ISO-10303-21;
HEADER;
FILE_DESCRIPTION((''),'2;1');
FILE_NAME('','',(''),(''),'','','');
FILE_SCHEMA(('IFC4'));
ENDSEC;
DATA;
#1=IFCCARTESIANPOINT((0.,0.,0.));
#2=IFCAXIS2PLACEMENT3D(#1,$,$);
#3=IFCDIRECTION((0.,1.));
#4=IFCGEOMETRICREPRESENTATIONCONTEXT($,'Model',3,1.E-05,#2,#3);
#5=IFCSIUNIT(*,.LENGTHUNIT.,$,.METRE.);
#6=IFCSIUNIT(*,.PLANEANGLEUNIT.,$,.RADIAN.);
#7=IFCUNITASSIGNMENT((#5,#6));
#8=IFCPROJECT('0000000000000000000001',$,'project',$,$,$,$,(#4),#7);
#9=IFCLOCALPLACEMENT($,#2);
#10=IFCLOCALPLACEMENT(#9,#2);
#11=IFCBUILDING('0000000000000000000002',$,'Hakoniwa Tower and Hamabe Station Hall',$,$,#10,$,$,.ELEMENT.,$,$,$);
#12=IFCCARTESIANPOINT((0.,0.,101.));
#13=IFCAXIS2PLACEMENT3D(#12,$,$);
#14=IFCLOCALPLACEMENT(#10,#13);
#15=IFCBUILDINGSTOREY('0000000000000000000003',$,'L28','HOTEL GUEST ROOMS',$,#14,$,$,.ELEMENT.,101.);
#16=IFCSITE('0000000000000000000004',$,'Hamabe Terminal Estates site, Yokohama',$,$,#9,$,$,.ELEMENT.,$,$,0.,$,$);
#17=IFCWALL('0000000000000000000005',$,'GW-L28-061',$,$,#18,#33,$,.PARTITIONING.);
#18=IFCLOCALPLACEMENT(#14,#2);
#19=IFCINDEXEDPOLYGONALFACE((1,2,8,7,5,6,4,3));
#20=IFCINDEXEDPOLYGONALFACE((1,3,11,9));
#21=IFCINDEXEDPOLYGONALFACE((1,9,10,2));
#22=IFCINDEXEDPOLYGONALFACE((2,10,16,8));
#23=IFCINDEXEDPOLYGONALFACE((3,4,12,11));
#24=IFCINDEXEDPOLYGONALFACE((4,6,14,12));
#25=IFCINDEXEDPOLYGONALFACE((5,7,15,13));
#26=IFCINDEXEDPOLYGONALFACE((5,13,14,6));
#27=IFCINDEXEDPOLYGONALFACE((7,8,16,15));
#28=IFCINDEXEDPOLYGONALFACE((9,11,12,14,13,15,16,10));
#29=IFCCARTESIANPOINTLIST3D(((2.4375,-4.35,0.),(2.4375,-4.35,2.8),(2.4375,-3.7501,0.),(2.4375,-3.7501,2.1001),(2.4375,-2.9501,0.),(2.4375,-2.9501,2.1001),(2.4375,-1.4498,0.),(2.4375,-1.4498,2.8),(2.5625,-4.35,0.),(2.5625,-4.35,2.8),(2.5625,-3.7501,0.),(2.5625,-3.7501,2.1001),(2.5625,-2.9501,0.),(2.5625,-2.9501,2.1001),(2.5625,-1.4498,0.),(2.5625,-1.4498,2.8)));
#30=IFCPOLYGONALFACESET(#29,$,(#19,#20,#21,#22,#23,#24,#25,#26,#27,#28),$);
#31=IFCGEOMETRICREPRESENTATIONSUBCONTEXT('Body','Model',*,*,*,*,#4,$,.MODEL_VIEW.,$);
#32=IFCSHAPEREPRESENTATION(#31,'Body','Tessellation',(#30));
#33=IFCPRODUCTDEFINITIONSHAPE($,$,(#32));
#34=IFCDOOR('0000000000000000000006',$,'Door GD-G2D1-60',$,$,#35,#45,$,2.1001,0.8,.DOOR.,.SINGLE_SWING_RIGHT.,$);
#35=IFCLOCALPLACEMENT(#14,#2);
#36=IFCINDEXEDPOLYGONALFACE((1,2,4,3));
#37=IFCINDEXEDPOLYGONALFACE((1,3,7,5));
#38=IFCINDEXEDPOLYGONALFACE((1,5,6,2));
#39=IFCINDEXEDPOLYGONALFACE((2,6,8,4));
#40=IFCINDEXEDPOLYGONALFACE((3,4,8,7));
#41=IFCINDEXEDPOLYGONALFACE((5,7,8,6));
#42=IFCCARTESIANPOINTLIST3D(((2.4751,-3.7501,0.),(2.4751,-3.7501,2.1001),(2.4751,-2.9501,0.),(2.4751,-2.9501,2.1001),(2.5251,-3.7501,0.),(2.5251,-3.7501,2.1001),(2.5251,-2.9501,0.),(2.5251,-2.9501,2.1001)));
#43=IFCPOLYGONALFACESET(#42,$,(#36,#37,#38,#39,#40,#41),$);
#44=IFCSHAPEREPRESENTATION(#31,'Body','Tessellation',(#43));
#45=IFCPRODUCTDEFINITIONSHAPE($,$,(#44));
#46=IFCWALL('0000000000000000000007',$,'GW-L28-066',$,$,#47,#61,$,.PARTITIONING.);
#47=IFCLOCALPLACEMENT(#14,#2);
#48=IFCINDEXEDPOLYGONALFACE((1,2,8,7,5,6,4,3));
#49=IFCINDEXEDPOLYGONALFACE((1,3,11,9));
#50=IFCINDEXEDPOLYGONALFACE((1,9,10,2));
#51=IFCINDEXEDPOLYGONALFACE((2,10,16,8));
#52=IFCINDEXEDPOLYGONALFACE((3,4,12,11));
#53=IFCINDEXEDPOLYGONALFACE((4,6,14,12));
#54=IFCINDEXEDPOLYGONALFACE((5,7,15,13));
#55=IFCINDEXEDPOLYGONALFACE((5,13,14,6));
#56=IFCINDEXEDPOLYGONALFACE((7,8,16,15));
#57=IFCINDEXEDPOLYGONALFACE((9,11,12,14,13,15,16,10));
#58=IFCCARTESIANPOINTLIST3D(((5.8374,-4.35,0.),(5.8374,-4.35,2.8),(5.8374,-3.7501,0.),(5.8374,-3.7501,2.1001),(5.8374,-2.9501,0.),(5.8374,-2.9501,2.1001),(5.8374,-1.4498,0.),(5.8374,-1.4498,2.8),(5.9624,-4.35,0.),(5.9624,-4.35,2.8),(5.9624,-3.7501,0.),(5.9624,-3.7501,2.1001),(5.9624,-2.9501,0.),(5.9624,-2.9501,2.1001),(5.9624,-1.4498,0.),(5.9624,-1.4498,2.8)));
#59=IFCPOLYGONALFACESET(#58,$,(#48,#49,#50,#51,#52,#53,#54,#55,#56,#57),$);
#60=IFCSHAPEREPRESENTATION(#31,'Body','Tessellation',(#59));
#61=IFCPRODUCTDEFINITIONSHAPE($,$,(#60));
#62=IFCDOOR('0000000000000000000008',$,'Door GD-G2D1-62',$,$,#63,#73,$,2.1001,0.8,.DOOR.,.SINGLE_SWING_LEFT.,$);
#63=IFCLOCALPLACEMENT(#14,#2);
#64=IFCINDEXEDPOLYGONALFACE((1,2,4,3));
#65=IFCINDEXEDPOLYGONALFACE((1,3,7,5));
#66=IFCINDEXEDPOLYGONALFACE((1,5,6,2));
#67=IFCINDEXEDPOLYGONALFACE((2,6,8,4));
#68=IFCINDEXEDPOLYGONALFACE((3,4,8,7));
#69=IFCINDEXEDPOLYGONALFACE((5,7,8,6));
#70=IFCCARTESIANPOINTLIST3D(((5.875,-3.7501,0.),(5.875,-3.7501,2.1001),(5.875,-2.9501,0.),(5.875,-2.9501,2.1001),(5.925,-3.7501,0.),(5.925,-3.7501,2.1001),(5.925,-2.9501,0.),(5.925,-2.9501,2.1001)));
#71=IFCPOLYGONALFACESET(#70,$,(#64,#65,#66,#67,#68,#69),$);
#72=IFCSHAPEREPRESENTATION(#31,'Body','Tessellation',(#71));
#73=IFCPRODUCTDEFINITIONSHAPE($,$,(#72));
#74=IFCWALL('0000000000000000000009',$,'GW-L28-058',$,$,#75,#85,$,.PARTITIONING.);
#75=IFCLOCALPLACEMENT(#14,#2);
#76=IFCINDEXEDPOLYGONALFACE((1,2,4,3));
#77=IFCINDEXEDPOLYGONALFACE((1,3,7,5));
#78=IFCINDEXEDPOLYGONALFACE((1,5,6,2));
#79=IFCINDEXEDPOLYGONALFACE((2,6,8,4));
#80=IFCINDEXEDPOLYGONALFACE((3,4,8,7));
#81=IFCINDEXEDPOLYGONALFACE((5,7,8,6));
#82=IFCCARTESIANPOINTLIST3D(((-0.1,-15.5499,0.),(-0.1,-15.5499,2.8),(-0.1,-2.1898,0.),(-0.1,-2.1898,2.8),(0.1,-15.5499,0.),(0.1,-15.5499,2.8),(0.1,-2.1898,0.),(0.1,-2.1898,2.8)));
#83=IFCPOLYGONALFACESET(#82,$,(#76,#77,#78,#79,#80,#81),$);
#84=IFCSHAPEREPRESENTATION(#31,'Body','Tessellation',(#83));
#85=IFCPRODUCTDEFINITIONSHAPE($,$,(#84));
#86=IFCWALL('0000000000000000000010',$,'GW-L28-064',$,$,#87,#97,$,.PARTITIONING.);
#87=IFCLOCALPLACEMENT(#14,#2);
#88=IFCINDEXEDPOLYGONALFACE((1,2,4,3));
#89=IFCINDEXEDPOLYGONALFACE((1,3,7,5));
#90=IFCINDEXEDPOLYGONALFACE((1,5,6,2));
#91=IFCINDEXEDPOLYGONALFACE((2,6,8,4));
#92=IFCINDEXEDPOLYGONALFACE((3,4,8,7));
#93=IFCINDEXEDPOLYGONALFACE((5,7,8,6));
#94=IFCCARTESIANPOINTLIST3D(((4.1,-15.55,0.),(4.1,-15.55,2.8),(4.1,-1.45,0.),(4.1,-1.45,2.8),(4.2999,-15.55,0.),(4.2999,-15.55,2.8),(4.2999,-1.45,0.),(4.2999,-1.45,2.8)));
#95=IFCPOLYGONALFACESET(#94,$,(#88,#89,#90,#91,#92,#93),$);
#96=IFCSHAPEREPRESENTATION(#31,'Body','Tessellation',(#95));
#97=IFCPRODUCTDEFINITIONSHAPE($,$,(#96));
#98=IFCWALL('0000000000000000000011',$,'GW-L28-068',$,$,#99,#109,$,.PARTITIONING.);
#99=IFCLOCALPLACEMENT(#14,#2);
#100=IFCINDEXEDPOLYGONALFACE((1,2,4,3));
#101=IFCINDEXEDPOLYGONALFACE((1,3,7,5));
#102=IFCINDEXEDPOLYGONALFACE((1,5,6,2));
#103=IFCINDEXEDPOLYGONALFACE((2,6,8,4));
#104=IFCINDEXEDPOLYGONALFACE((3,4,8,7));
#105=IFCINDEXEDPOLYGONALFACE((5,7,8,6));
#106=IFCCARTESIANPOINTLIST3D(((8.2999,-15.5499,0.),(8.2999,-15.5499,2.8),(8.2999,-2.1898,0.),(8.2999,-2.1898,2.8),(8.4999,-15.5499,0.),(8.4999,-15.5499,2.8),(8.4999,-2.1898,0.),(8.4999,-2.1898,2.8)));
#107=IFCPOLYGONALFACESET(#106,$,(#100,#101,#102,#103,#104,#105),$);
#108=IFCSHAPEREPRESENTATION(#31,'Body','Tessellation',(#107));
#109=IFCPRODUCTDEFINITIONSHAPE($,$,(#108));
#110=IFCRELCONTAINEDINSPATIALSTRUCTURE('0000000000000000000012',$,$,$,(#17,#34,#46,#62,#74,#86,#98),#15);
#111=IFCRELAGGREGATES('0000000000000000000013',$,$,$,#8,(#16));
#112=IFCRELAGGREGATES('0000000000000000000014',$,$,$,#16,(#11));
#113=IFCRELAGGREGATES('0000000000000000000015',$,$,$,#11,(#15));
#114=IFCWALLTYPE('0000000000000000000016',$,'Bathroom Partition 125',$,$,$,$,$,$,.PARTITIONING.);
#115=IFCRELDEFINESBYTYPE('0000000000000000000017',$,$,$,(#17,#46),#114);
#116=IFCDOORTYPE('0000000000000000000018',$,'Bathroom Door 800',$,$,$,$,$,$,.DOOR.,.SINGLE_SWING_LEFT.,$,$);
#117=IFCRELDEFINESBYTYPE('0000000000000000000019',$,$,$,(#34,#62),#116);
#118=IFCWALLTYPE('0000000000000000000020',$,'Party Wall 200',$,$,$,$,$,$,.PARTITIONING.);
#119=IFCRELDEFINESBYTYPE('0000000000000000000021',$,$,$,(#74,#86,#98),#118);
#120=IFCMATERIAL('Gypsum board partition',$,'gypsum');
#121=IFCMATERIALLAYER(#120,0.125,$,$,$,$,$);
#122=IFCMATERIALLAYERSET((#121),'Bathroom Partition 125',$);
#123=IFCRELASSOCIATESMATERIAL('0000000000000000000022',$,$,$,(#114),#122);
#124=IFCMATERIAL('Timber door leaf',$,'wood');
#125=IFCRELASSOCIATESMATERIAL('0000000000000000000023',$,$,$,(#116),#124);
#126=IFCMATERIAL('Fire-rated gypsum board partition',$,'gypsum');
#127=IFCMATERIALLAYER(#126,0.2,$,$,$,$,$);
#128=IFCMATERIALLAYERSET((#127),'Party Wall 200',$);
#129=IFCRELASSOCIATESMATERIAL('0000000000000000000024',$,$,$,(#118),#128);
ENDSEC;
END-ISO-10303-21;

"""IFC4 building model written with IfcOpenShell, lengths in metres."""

from ifc_helpers import new_model, si_unit, direction, frame, frame_2d, origin, place, context, subcontext, project, spatial, rectangle, extrude, material, layer, layer_set, type_object, element, fill, save


model = new_model("IFC4")

# Units and contexts
model_context = context("Model", 3, precision=1e-05, world=origin(), true_north=direction((0.0, 1.0)))
body_context = subcontext(model_context, "Body", "Model", "MODEL_VIEW")
ifc_project = project(units=[si_unit("LENGTHUNIT", "METRE"), si_unit("PLANEANGLEUNIT", "RADIAN")], contexts=[model_context])

# Site, building, storey
site_placement = place(None, origin())
site = spatial("IfcSite", under=ifc_project, at=site_placement, Name="Hamabe Terminal Estates site, Yokohama", CompositionType="ELEMENT", RefElevation=0.0)
building_placement = place(site_placement, origin())
building = spatial("IfcBuilding", under=site, at=building_placement, Name="Hakoniwa Tower and Hamabe Station Hall", CompositionType="ELEMENT")
storey_placement = place(building_placement, frame((0.0, 0.0, 101.0)))
storey = spatial("IfcBuildingStorey", under=building, at=storey_placement, Name="L28", Description="HOTEL GUEST ROOMS", CompositionType="ELEMENT", Elevation=101.0)

# Shared definitions
ifc_material_1 = material(Name="Gypsum board partition", Category="gypsum")
ifc_layer_1 = layer(ifc_material_1, 0.125)
ifc_layer_set_1 = layer_set([ifc_layer_1], Name="Bathroom Partition 125")
wall_type_1 = type_object("IfcWallType", Name="Bathroom Partition 125", PredefinedType="PARTITIONING", material=ifc_layer_set_1)

# Walls, openings, doors
wall_1_placement = place(storey_placement, frame((2.5, -4.3501, 0.0), z_axis=(0.0, 0.0, 1.0), x_axis=(0.0, 1.0, 0.0)))
wall_1 = element("IfcWall", 1, at=wall_1_placement, inside=storey, type_object=wall_type_1, Name="GW-L28-061", PredefinedType="PARTITIONING", context=body_context, shape_type="SweptSolid", body=[
    extrude(rectangle(XDim=2.9001, YDim=0.125, at=frame_2d((1.4502, 0.0))), origin(), (0.0, 0.0, 1.0), 2.8),
])
opening_1_placement = place(wall_1_placement, frame((0.6001, 0.0, 0.0)))
opening_1 = element("IfcOpeningElement", 2, at=opening_1_placement, cuts=wall_1, PredefinedType="OPENING", context=body_context, shape_type="SweptSolid", body=[
    extrude(rectangle(XDim=0.8, YDim=2.1001, at=frame_2d((0.3999, 1.05))), frame((0.0, 0.0725, 0.0), z_axis=(0.0, -1.0, 0.0), x_axis=(1.0, 0.0, 0.0)), (0.0, 0.0, 1.0), 0.145),
])
ifc_material_2 = material(Name="Timber door leaf", Category="wood")
door_type = type_object("IfcDoorType", Name="Bathroom Door 800", OperationType="SINGLE_SWING_LEFT", PredefinedType="DOOR", material=ifc_material_2)
door_1_placement = place(opening_1_placement, origin())
door_1 = element("IfcDoor", 3, at=door_1_placement, inside=storey, type_object=door_type, Name="Door GD-G2D1-60", OperationType="SINGLE_SWING_RIGHT", OverallHeight=2.1001, OverallWidth=0.8, PredefinedType="DOOR", context=body_context, shape_type="SweptSolid", body=[
    extrude(rectangle(XDim=0.8, YDim=2.1001, at=frame_2d((0.3999, 1.05))), frame((0.0, 0.0249, 0.0), z_axis=(0.0, -1.0, 0.0), x_axis=(1.0, 0.0, 0.0)), (0.0, 0.0, 1.0), 0.05),
])
fill(opening_1, door_1)
wall_2_placement = place(storey_placement, frame((5.8999, -4.3501, 0.0), z_axis=(0.0, 0.0, 1.0), x_axis=(0.0, 1.0, 0.0)))
wall_2 = element("IfcWall", 4, at=wall_2_placement, inside=storey, type_object=wall_type_1, Name="GW-L28-066", PredefinedType="PARTITIONING", context=body_context, shape_type="SweptSolid", body=[
    extrude(rectangle(XDim=2.9001, YDim=0.125, at=frame_2d((1.4502, 0.0))), origin(), (0.0, 0.0, 1.0), 2.8),
])
opening_2_placement = place(wall_2_placement, frame((0.6001, 0.0, 0.0)))
opening_2 = element("IfcOpeningElement", 5, at=opening_2_placement, cuts=wall_2, PredefinedType="OPENING", context=body_context, shape_type="SweptSolid", body=[
    extrude(rectangle(XDim=0.8, YDim=2.1001, at=frame_2d((0.3999, 1.05))), frame((0.0, 0.0725, 0.0), z_axis=(0.0, -1.0, 0.0), x_axis=(1.0, 0.0, 0.0)), (0.0, 0.0, 1.0), 0.145),
])
door_2_placement = place(opening_2_placement, origin())
door_2 = element("IfcDoor", 6, at=door_2_placement, inside=storey, type_object=door_type, Name="Door GD-G2D1-62", OperationType="SINGLE_SWING_LEFT", OverallHeight=2.1001, OverallWidth=0.8, PredefinedType="DOOR", context=body_context, shape_type="SweptSolid", body=[
    extrude(rectangle(XDim=0.8, YDim=2.1001, at=frame_2d((0.3999, 1.05))), frame((0.0, 0.0249, 0.0), z_axis=(0.0, -1.0, 0.0), x_axis=(1.0, 0.0, 0.0)), (0.0, 0.0, 1.0), 0.05),
])
fill(opening_2, door_2)

# Walls
ifc_material_3 = material(Name="Fire-rated gypsum board partition", Category="gypsum")
ifc_layer_2 = layer(ifc_material_3, 0.2)
ifc_layer_set_2 = layer_set([ifc_layer_2], Name="Party Wall 200")
wall_type_2 = type_object("IfcWallType", Name="Party Wall 200", PredefinedType="PARTITIONING", material=ifc_layer_set_2)
wall_3_placement = place(storey_placement, frame((0.0, -15.55, 0.0), z_axis=(0.0, 0.0, 1.0), x_axis=(0.0, 1.0, 0.0)))
element("IfcWall", 7, at=wall_3_placement, inside=storey, type_object=wall_type_2, Name="GW-L28-058", PredefinedType="PARTITIONING", context=body_context, shape_type="SweptSolid", body=[
    extrude(rectangle(XDim=13.3601, YDim=0.2, at=frame_2d((6.6802, 0.0))), origin(), (0.0, 0.0, 1.0), 2.8),
])
wall_4_placement = place(storey_placement, frame((4.2, -15.55, 0.0), z_axis=(0.0, 0.0, 1.0), x_axis=(0.0, 1.0, 0.0)))
element("IfcWall", 8, at=wall_4_placement, inside=storey, type_object=wall_type_2, Name="GW-L28-064", PredefinedType="PARTITIONING", context=body_context, shape_type="SweptSolid", body=[
    extrude(rectangle(XDim=14.1001, YDim=0.2, at=frame_2d((7.05, 0.0))), origin(), (0.0, 0.0, 1.0), 2.8),
])
wall_5_placement = place(storey_placement, frame((8.3999, -15.55, 0.0), z_axis=(0.0, 0.0, 1.0), x_axis=(0.0, 1.0, 0.0)))
element("IfcWall", 9, at=wall_5_placement, inside=storey, type_object=wall_type_2, Name="GW-L28-068", PredefinedType="PARTITIONING", context=body_context, shape_type="SweptSolid", body=[
    extrude(rectangle(XDim=13.3601, YDim=0.2, at=frame_2d((6.6802, 0.0))), origin(), (0.0, 0.0, 1.0), 2.8),
])

save(model, "model.ifc")
